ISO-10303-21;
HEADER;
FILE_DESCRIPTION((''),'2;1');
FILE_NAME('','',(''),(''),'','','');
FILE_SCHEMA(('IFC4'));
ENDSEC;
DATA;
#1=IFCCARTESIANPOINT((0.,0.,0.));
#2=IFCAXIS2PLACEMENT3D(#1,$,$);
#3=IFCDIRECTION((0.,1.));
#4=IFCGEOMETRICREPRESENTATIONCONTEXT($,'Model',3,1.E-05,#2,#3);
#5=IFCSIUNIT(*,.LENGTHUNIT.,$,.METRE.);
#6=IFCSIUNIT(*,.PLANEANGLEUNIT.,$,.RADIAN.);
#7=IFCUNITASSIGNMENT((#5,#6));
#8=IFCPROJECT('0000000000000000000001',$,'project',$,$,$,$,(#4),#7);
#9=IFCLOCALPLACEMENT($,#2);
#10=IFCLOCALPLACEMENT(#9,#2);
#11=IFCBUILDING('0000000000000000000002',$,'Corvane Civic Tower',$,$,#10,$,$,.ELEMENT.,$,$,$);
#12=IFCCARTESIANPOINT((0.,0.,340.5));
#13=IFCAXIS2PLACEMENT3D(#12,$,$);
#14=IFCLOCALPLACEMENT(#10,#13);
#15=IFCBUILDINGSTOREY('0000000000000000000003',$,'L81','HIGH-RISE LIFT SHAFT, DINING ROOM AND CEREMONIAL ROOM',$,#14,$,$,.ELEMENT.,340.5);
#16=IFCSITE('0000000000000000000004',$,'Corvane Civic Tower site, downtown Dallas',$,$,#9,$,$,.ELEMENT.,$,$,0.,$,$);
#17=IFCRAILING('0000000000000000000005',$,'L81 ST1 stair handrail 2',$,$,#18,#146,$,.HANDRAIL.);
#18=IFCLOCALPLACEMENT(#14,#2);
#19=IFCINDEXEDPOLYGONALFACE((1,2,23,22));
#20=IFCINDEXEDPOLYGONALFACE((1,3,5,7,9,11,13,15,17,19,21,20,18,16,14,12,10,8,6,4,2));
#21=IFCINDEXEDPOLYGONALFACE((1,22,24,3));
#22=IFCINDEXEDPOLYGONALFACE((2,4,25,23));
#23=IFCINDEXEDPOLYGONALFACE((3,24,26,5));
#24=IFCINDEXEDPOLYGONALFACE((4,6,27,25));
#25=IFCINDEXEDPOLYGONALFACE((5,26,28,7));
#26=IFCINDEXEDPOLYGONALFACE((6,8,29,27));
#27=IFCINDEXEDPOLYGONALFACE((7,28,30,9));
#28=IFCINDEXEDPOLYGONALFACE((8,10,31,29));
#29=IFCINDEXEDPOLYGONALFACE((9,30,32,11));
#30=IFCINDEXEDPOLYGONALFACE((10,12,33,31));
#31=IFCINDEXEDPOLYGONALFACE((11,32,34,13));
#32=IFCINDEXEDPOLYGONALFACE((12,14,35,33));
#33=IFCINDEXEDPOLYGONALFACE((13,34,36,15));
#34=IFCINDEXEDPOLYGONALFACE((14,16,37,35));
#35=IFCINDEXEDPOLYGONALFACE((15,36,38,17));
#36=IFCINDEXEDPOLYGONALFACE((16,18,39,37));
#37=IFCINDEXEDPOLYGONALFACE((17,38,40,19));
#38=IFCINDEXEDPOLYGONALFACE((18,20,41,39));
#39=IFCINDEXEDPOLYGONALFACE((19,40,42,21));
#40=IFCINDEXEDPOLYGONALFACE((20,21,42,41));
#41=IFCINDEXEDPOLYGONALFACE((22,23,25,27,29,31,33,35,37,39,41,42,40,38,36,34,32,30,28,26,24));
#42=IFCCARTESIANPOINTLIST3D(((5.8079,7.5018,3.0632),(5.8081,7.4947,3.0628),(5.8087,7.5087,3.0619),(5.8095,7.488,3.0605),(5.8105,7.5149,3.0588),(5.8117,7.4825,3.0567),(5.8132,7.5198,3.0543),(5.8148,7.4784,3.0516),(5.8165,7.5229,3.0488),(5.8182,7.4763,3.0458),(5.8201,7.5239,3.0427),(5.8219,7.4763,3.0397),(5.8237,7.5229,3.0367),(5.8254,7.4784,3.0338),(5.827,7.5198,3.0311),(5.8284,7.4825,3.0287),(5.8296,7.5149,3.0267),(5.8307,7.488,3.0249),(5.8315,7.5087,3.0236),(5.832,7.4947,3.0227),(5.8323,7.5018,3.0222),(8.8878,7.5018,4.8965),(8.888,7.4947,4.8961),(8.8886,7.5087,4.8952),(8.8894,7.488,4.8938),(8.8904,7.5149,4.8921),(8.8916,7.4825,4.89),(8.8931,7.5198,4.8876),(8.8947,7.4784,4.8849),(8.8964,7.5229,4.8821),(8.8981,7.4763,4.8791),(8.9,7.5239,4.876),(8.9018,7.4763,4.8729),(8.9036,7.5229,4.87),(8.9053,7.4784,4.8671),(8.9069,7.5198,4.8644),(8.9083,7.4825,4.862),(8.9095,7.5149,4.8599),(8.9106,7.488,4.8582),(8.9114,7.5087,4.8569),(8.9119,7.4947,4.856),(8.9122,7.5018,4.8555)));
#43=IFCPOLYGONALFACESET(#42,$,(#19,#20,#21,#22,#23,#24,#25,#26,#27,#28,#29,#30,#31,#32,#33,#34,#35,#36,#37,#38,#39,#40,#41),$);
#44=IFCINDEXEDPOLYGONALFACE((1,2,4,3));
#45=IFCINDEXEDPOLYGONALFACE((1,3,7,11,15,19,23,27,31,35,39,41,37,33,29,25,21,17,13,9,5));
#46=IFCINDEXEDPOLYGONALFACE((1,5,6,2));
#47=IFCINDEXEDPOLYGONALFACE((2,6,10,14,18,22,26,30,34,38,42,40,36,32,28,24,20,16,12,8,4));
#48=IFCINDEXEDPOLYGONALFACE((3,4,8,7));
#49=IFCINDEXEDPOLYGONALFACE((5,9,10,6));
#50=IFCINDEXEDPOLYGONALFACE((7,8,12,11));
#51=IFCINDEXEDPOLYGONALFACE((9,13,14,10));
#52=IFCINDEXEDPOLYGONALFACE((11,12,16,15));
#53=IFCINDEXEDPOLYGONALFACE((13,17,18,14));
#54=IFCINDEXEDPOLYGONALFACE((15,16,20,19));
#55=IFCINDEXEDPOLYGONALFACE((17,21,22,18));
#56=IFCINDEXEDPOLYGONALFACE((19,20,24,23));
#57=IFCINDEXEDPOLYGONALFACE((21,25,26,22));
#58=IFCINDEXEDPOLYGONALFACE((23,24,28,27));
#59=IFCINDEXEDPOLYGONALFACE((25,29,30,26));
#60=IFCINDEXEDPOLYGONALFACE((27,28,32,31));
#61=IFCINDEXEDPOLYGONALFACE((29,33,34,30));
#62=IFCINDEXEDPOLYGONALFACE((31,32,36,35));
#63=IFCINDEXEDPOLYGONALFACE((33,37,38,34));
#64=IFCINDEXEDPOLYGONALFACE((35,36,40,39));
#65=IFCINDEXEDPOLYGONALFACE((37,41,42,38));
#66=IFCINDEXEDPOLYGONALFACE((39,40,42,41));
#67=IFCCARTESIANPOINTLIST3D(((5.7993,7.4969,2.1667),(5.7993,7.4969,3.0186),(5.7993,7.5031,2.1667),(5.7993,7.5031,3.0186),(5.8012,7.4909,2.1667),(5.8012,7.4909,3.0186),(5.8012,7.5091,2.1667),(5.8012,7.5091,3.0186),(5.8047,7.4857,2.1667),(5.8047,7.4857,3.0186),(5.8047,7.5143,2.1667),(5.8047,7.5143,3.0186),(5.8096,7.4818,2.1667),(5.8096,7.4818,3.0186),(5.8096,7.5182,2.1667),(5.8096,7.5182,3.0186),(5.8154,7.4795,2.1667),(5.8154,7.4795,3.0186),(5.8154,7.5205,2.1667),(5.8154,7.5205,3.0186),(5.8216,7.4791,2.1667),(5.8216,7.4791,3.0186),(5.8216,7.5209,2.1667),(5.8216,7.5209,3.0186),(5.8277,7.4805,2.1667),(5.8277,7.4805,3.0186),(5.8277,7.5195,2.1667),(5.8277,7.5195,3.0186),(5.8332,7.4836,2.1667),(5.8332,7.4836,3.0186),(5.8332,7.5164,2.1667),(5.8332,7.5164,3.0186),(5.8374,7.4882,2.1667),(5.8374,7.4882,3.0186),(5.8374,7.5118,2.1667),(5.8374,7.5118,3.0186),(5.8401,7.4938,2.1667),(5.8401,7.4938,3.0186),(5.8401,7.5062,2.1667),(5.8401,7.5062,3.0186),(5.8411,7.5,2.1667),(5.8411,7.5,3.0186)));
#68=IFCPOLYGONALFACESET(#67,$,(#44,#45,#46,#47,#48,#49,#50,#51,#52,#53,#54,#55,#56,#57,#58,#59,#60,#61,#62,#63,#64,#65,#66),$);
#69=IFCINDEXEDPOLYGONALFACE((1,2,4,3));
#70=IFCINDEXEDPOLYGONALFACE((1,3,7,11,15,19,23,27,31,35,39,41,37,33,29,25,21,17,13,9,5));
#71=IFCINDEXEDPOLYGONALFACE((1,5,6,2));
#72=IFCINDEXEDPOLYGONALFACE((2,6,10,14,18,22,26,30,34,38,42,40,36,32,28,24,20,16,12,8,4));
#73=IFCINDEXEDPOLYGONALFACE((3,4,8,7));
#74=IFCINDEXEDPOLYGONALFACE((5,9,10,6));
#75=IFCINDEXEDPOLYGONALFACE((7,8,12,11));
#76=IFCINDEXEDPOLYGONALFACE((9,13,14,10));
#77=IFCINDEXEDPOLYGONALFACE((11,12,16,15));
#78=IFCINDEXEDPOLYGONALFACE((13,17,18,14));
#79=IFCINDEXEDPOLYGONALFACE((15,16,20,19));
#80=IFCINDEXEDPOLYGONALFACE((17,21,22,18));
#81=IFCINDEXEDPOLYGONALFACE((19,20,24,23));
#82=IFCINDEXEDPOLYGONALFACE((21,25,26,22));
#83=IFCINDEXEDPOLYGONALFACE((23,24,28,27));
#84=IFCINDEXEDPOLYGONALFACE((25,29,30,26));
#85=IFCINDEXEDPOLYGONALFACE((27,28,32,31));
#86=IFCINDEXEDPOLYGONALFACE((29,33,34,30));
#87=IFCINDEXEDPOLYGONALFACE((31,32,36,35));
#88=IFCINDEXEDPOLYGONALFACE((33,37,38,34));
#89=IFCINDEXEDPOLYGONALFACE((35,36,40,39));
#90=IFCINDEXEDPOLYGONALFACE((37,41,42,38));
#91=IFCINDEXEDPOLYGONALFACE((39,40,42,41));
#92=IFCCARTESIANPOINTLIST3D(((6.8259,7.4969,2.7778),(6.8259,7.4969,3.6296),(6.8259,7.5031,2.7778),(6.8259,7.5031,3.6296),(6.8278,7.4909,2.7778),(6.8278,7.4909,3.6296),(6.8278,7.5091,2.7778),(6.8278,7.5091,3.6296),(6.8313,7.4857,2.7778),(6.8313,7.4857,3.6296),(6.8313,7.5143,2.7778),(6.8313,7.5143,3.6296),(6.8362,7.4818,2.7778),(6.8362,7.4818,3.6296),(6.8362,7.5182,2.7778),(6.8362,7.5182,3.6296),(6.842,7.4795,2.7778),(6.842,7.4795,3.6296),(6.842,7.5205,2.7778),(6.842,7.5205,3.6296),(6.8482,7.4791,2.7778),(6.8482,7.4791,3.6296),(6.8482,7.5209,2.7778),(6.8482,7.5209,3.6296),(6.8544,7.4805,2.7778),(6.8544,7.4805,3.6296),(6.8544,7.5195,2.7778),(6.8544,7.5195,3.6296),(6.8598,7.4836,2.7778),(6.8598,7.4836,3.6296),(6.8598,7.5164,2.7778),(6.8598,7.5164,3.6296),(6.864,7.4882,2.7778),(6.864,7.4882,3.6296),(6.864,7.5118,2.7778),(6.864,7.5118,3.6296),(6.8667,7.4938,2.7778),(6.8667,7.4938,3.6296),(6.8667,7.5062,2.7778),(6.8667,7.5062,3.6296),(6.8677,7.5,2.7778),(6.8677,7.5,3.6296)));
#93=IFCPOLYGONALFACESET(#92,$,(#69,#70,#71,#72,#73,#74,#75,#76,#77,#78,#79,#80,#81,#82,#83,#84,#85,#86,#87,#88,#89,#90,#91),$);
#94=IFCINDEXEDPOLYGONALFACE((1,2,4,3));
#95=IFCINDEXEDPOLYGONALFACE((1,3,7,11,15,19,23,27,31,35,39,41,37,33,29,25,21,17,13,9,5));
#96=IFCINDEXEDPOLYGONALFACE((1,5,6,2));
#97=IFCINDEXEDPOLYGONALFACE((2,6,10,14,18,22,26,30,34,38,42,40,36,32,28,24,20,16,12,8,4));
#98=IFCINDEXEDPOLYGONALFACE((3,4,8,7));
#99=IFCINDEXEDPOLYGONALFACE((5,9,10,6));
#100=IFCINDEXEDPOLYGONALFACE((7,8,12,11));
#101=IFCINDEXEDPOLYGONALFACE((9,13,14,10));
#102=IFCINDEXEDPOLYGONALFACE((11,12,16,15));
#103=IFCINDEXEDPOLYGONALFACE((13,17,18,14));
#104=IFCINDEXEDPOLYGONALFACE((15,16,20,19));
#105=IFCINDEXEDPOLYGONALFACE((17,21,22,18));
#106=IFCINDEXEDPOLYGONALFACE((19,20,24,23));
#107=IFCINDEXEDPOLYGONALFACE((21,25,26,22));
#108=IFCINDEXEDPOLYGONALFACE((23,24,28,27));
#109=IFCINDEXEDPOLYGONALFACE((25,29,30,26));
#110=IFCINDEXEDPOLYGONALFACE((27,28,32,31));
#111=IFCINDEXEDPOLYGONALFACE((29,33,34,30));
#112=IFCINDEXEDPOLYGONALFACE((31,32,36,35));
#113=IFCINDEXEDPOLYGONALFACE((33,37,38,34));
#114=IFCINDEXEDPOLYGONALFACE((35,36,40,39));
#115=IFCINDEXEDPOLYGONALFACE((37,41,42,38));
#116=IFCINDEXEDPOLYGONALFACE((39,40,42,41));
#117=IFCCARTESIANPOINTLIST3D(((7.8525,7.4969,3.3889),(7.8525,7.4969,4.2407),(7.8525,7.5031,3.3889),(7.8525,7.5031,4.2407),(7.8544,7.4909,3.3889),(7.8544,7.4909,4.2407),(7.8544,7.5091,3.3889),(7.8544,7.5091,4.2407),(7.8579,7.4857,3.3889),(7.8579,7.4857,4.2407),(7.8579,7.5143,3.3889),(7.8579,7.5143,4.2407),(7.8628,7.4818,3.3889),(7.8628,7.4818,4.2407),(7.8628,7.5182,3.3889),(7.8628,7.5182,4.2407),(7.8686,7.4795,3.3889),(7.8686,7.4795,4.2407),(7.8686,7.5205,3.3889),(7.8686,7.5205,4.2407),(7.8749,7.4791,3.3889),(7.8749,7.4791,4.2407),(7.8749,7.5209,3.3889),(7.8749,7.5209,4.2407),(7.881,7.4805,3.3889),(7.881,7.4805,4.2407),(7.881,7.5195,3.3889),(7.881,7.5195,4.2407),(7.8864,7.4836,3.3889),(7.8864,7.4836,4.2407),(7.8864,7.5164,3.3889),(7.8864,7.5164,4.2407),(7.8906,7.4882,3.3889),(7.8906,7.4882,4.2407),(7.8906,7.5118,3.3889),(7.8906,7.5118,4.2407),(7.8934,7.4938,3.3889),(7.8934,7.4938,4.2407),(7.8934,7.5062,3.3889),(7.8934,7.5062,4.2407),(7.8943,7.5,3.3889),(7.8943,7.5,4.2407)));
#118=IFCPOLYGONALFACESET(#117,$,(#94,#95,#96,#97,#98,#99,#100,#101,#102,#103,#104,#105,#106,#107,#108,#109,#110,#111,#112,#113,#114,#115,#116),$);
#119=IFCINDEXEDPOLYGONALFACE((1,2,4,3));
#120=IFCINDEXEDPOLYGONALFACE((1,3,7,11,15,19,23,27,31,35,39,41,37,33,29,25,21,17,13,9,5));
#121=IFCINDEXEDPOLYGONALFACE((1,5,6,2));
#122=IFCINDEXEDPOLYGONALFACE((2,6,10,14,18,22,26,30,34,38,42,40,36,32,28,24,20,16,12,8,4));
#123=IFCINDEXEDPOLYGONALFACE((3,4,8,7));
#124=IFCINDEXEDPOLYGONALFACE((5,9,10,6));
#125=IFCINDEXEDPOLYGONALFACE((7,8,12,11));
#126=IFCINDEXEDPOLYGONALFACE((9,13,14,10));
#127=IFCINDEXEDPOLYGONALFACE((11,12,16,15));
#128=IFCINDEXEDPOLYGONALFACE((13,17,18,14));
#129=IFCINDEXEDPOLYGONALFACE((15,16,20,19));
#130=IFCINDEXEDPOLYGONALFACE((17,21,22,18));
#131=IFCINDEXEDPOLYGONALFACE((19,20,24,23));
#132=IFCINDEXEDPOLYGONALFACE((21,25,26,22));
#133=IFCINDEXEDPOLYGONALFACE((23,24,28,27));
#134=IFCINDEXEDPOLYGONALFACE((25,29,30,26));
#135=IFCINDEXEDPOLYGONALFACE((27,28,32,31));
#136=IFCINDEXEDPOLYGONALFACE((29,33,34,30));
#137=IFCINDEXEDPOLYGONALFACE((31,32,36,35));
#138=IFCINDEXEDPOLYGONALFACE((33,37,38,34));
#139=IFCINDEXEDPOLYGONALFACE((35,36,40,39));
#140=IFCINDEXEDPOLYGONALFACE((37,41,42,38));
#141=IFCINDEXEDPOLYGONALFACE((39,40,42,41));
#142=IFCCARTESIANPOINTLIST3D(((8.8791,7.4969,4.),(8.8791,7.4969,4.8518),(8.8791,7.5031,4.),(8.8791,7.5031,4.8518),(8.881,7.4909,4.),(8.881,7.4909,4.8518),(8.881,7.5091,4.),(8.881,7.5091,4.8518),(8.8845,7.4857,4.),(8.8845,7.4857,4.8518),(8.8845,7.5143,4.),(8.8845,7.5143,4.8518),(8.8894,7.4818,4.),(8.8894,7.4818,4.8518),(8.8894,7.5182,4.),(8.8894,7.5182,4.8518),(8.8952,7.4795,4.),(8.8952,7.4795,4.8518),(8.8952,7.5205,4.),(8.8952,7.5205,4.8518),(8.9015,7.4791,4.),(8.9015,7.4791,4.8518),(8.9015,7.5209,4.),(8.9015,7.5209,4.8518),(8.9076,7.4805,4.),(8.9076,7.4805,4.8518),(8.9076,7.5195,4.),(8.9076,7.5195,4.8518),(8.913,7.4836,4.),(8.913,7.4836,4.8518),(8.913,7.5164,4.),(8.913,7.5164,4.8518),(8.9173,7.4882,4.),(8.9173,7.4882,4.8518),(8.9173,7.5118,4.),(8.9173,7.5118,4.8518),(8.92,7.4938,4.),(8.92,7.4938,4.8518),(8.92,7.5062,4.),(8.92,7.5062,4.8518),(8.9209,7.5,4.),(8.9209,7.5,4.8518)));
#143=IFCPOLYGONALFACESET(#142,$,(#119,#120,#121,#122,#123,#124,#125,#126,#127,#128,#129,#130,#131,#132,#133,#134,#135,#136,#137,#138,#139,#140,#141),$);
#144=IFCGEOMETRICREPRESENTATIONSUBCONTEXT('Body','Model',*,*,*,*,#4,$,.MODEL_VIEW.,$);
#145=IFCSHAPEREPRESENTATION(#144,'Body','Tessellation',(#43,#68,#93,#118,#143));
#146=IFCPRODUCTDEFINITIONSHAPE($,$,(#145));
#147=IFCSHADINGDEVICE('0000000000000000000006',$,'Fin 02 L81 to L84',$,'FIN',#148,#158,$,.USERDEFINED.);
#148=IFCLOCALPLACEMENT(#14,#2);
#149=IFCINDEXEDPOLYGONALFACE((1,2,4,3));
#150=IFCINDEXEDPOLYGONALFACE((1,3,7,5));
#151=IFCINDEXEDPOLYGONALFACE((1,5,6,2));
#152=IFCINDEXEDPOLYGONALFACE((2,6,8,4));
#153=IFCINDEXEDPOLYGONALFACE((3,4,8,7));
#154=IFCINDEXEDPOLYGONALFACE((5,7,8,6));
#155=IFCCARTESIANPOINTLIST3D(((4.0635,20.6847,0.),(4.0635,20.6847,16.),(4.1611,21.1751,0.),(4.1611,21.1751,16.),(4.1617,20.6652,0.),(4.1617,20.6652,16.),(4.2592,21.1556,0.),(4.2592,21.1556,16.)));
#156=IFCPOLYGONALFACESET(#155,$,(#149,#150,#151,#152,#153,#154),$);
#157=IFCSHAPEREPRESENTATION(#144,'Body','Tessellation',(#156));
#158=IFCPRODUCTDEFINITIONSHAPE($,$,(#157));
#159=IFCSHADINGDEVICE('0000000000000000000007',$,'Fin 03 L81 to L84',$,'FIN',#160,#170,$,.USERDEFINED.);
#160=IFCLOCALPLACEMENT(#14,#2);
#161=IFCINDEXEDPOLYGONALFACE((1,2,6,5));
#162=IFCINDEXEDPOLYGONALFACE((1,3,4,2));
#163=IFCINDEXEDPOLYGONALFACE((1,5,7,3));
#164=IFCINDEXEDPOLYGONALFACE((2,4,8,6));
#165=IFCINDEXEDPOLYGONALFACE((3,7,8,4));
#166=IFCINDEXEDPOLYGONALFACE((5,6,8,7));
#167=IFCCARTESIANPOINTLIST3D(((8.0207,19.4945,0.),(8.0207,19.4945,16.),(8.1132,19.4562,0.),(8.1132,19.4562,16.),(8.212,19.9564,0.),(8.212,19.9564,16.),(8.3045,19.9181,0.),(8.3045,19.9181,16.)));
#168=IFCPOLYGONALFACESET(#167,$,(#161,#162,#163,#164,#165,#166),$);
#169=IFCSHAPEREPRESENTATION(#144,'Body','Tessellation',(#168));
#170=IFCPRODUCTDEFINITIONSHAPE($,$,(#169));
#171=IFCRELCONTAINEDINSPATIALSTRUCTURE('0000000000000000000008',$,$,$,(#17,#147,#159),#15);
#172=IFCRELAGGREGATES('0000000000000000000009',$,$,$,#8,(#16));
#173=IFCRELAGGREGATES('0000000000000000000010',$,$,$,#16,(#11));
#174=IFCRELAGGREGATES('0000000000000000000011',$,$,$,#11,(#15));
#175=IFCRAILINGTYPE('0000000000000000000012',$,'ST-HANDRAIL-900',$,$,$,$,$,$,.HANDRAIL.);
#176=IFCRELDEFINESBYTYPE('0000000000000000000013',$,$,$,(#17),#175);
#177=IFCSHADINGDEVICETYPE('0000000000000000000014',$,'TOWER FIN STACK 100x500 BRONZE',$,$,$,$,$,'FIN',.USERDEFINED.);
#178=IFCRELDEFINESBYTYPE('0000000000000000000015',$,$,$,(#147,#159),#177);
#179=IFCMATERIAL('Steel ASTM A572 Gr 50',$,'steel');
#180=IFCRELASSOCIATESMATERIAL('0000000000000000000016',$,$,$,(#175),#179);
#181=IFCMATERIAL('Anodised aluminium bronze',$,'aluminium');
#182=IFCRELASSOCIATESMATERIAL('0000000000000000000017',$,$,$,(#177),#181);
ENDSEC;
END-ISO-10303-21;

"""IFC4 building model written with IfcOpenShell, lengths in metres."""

from ifc_helpers import new_model, si_unit, direction, frame, origin, origin_2d, place, context, subcontext, project, spatial, rectangle, circle, extrude, material, material_profile, profile_set, type_object, element, save


model = new_model("IFC4")

# Units and contexts
model_context = context("Model", 3, precision=1e-05, world=origin(), true_north=direction((0.0, 1.0)))
body_context = subcontext(model_context, "Body", "Model", "MODEL_VIEW")
ifc_project = project(units=[si_unit("LENGTHUNIT", "METRE"), si_unit("PLANEANGLEUNIT", "RADIAN")], contexts=[model_context])

# Site, building, storey
site_placement = place(None, origin())
site = spatial("IfcSite", under=ifc_project, at=site_placement, Name="Corvane Civic Tower site, downtown Dallas", CompositionType="ELEMENT", RefElevation=0.0)
building_placement = place(site_placement, origin())
building = spatial("IfcBuilding", under=site, at=building_placement, Name="Corvane Civic Tower", CompositionType="ELEMENT")
storey_placement = place(building_placement, frame((0.0, 0.0, 340.5)))
storey = spatial("IfcBuildingStorey", under=building, at=storey_placement, Name="L81", Description="HIGH-RISE LIFT SHAFT, DINING ROOM AND CEREMONIAL ROOM", CompositionType="ELEMENT", Elevation=340.5)

# Railing
ifc_material_1 = material(Name="Steel ASTM A572 Gr 50", Category="steel")
railing_type_1 = type_object("IfcRailingType", Name="ST-HANDRAIL-900", PredefinedType="HANDRAIL", material=ifc_material_1)
railing_1_placement = place(storey_placement, frame((5.8201, 7.5, 2.1667)))
element("IfcRailing", 1, at=railing_1_placement, inside=storey, type_object=railing_type_1, Name="L81 ST1 stair handrail 2", PredefinedType="HANDRAIL", context=body_context, shape_type="SweptSolid", body=[
    extrude(circle(Radius=0.0239, at=origin_2d()), frame((0.0, 0.0, 0.876), z_axis=(0.859291, 0.0, 0.511487), x_axis=(0.0, 1.0, 0.0)), (0.0, 0.0, 1.0), 3.5842),
    extrude(circle(Radius=0.021, at=origin_2d()), origin(), (0.0, 0.0, 1.0), 0.8518),
    extrude(circle(Radius=0.021, at=origin_2d()), frame((1.0266, 0.0, 0.6111)), (0.0, 0.0, 1.0), 0.8518),
    extrude(circle(Radius=0.021, at=origin_2d()), frame((2.0532, 0.0, 1.2222)), (0.0, 0.0, 1.0), 0.8518),
    extrude(circle(Radius=0.021, at=origin_2d()), frame((3.0798, 0.0, 1.8333)), (0.0, 0.0, 1.0), 0.8518),
])

# Shading devices
ifc_material_2 = material(Name="Anodised aluminium bronze", Category="aluminium")
ifc_material_profile_1 = material_profile(ifc_material_2, rectangle(XDim=0.1001, YDim=0.5, at=origin_2d()), Name="TOWER FIN STACK 100x500 BRONZE")
ifc_profile_set_1 = profile_set([ifc_material_profile_1], Name="Anodised aluminium bronze")
shading_device_type = type_object("IfcShadingDeviceType", Name="TOWER FIN STACK 100x500 BRONZE", ElementType="FIN", PredefinedType="USERDEFINED", material=ifc_profile_set_1)
for number, where, z_axis, x_axis, name in (
    (2, (4.1614, 20.9202, 0.0), (0.0, 0.0, 1.0), (0.980785, -0.19509, 0.0), "Fin 02 L81 to L84"),
    (3, (8.1626, 19.7063, 0.0), (0.0, 0.0, 1.0), (0.92388, -0.382683, 0.0), "Fin 03 L81 to L84"),
):
    element("IfcShadingDevice", number, at=place(storey_placement, frame(where, z_axis=z_axis, x_axis=x_axis)), inside=storey, type_object=shading_device_type, Name=name, ObjectType="FIN", PredefinedType="USERDEFINED", context=body_context, shape_type="SweptSolid", body=[
        extrude(rectangle(XDim=0.1001, YDim=0.5, at=origin_2d()), origin(), (0.0, 0.0, 1.0), 16.0),
    ])

save(model, "model.ifc")
